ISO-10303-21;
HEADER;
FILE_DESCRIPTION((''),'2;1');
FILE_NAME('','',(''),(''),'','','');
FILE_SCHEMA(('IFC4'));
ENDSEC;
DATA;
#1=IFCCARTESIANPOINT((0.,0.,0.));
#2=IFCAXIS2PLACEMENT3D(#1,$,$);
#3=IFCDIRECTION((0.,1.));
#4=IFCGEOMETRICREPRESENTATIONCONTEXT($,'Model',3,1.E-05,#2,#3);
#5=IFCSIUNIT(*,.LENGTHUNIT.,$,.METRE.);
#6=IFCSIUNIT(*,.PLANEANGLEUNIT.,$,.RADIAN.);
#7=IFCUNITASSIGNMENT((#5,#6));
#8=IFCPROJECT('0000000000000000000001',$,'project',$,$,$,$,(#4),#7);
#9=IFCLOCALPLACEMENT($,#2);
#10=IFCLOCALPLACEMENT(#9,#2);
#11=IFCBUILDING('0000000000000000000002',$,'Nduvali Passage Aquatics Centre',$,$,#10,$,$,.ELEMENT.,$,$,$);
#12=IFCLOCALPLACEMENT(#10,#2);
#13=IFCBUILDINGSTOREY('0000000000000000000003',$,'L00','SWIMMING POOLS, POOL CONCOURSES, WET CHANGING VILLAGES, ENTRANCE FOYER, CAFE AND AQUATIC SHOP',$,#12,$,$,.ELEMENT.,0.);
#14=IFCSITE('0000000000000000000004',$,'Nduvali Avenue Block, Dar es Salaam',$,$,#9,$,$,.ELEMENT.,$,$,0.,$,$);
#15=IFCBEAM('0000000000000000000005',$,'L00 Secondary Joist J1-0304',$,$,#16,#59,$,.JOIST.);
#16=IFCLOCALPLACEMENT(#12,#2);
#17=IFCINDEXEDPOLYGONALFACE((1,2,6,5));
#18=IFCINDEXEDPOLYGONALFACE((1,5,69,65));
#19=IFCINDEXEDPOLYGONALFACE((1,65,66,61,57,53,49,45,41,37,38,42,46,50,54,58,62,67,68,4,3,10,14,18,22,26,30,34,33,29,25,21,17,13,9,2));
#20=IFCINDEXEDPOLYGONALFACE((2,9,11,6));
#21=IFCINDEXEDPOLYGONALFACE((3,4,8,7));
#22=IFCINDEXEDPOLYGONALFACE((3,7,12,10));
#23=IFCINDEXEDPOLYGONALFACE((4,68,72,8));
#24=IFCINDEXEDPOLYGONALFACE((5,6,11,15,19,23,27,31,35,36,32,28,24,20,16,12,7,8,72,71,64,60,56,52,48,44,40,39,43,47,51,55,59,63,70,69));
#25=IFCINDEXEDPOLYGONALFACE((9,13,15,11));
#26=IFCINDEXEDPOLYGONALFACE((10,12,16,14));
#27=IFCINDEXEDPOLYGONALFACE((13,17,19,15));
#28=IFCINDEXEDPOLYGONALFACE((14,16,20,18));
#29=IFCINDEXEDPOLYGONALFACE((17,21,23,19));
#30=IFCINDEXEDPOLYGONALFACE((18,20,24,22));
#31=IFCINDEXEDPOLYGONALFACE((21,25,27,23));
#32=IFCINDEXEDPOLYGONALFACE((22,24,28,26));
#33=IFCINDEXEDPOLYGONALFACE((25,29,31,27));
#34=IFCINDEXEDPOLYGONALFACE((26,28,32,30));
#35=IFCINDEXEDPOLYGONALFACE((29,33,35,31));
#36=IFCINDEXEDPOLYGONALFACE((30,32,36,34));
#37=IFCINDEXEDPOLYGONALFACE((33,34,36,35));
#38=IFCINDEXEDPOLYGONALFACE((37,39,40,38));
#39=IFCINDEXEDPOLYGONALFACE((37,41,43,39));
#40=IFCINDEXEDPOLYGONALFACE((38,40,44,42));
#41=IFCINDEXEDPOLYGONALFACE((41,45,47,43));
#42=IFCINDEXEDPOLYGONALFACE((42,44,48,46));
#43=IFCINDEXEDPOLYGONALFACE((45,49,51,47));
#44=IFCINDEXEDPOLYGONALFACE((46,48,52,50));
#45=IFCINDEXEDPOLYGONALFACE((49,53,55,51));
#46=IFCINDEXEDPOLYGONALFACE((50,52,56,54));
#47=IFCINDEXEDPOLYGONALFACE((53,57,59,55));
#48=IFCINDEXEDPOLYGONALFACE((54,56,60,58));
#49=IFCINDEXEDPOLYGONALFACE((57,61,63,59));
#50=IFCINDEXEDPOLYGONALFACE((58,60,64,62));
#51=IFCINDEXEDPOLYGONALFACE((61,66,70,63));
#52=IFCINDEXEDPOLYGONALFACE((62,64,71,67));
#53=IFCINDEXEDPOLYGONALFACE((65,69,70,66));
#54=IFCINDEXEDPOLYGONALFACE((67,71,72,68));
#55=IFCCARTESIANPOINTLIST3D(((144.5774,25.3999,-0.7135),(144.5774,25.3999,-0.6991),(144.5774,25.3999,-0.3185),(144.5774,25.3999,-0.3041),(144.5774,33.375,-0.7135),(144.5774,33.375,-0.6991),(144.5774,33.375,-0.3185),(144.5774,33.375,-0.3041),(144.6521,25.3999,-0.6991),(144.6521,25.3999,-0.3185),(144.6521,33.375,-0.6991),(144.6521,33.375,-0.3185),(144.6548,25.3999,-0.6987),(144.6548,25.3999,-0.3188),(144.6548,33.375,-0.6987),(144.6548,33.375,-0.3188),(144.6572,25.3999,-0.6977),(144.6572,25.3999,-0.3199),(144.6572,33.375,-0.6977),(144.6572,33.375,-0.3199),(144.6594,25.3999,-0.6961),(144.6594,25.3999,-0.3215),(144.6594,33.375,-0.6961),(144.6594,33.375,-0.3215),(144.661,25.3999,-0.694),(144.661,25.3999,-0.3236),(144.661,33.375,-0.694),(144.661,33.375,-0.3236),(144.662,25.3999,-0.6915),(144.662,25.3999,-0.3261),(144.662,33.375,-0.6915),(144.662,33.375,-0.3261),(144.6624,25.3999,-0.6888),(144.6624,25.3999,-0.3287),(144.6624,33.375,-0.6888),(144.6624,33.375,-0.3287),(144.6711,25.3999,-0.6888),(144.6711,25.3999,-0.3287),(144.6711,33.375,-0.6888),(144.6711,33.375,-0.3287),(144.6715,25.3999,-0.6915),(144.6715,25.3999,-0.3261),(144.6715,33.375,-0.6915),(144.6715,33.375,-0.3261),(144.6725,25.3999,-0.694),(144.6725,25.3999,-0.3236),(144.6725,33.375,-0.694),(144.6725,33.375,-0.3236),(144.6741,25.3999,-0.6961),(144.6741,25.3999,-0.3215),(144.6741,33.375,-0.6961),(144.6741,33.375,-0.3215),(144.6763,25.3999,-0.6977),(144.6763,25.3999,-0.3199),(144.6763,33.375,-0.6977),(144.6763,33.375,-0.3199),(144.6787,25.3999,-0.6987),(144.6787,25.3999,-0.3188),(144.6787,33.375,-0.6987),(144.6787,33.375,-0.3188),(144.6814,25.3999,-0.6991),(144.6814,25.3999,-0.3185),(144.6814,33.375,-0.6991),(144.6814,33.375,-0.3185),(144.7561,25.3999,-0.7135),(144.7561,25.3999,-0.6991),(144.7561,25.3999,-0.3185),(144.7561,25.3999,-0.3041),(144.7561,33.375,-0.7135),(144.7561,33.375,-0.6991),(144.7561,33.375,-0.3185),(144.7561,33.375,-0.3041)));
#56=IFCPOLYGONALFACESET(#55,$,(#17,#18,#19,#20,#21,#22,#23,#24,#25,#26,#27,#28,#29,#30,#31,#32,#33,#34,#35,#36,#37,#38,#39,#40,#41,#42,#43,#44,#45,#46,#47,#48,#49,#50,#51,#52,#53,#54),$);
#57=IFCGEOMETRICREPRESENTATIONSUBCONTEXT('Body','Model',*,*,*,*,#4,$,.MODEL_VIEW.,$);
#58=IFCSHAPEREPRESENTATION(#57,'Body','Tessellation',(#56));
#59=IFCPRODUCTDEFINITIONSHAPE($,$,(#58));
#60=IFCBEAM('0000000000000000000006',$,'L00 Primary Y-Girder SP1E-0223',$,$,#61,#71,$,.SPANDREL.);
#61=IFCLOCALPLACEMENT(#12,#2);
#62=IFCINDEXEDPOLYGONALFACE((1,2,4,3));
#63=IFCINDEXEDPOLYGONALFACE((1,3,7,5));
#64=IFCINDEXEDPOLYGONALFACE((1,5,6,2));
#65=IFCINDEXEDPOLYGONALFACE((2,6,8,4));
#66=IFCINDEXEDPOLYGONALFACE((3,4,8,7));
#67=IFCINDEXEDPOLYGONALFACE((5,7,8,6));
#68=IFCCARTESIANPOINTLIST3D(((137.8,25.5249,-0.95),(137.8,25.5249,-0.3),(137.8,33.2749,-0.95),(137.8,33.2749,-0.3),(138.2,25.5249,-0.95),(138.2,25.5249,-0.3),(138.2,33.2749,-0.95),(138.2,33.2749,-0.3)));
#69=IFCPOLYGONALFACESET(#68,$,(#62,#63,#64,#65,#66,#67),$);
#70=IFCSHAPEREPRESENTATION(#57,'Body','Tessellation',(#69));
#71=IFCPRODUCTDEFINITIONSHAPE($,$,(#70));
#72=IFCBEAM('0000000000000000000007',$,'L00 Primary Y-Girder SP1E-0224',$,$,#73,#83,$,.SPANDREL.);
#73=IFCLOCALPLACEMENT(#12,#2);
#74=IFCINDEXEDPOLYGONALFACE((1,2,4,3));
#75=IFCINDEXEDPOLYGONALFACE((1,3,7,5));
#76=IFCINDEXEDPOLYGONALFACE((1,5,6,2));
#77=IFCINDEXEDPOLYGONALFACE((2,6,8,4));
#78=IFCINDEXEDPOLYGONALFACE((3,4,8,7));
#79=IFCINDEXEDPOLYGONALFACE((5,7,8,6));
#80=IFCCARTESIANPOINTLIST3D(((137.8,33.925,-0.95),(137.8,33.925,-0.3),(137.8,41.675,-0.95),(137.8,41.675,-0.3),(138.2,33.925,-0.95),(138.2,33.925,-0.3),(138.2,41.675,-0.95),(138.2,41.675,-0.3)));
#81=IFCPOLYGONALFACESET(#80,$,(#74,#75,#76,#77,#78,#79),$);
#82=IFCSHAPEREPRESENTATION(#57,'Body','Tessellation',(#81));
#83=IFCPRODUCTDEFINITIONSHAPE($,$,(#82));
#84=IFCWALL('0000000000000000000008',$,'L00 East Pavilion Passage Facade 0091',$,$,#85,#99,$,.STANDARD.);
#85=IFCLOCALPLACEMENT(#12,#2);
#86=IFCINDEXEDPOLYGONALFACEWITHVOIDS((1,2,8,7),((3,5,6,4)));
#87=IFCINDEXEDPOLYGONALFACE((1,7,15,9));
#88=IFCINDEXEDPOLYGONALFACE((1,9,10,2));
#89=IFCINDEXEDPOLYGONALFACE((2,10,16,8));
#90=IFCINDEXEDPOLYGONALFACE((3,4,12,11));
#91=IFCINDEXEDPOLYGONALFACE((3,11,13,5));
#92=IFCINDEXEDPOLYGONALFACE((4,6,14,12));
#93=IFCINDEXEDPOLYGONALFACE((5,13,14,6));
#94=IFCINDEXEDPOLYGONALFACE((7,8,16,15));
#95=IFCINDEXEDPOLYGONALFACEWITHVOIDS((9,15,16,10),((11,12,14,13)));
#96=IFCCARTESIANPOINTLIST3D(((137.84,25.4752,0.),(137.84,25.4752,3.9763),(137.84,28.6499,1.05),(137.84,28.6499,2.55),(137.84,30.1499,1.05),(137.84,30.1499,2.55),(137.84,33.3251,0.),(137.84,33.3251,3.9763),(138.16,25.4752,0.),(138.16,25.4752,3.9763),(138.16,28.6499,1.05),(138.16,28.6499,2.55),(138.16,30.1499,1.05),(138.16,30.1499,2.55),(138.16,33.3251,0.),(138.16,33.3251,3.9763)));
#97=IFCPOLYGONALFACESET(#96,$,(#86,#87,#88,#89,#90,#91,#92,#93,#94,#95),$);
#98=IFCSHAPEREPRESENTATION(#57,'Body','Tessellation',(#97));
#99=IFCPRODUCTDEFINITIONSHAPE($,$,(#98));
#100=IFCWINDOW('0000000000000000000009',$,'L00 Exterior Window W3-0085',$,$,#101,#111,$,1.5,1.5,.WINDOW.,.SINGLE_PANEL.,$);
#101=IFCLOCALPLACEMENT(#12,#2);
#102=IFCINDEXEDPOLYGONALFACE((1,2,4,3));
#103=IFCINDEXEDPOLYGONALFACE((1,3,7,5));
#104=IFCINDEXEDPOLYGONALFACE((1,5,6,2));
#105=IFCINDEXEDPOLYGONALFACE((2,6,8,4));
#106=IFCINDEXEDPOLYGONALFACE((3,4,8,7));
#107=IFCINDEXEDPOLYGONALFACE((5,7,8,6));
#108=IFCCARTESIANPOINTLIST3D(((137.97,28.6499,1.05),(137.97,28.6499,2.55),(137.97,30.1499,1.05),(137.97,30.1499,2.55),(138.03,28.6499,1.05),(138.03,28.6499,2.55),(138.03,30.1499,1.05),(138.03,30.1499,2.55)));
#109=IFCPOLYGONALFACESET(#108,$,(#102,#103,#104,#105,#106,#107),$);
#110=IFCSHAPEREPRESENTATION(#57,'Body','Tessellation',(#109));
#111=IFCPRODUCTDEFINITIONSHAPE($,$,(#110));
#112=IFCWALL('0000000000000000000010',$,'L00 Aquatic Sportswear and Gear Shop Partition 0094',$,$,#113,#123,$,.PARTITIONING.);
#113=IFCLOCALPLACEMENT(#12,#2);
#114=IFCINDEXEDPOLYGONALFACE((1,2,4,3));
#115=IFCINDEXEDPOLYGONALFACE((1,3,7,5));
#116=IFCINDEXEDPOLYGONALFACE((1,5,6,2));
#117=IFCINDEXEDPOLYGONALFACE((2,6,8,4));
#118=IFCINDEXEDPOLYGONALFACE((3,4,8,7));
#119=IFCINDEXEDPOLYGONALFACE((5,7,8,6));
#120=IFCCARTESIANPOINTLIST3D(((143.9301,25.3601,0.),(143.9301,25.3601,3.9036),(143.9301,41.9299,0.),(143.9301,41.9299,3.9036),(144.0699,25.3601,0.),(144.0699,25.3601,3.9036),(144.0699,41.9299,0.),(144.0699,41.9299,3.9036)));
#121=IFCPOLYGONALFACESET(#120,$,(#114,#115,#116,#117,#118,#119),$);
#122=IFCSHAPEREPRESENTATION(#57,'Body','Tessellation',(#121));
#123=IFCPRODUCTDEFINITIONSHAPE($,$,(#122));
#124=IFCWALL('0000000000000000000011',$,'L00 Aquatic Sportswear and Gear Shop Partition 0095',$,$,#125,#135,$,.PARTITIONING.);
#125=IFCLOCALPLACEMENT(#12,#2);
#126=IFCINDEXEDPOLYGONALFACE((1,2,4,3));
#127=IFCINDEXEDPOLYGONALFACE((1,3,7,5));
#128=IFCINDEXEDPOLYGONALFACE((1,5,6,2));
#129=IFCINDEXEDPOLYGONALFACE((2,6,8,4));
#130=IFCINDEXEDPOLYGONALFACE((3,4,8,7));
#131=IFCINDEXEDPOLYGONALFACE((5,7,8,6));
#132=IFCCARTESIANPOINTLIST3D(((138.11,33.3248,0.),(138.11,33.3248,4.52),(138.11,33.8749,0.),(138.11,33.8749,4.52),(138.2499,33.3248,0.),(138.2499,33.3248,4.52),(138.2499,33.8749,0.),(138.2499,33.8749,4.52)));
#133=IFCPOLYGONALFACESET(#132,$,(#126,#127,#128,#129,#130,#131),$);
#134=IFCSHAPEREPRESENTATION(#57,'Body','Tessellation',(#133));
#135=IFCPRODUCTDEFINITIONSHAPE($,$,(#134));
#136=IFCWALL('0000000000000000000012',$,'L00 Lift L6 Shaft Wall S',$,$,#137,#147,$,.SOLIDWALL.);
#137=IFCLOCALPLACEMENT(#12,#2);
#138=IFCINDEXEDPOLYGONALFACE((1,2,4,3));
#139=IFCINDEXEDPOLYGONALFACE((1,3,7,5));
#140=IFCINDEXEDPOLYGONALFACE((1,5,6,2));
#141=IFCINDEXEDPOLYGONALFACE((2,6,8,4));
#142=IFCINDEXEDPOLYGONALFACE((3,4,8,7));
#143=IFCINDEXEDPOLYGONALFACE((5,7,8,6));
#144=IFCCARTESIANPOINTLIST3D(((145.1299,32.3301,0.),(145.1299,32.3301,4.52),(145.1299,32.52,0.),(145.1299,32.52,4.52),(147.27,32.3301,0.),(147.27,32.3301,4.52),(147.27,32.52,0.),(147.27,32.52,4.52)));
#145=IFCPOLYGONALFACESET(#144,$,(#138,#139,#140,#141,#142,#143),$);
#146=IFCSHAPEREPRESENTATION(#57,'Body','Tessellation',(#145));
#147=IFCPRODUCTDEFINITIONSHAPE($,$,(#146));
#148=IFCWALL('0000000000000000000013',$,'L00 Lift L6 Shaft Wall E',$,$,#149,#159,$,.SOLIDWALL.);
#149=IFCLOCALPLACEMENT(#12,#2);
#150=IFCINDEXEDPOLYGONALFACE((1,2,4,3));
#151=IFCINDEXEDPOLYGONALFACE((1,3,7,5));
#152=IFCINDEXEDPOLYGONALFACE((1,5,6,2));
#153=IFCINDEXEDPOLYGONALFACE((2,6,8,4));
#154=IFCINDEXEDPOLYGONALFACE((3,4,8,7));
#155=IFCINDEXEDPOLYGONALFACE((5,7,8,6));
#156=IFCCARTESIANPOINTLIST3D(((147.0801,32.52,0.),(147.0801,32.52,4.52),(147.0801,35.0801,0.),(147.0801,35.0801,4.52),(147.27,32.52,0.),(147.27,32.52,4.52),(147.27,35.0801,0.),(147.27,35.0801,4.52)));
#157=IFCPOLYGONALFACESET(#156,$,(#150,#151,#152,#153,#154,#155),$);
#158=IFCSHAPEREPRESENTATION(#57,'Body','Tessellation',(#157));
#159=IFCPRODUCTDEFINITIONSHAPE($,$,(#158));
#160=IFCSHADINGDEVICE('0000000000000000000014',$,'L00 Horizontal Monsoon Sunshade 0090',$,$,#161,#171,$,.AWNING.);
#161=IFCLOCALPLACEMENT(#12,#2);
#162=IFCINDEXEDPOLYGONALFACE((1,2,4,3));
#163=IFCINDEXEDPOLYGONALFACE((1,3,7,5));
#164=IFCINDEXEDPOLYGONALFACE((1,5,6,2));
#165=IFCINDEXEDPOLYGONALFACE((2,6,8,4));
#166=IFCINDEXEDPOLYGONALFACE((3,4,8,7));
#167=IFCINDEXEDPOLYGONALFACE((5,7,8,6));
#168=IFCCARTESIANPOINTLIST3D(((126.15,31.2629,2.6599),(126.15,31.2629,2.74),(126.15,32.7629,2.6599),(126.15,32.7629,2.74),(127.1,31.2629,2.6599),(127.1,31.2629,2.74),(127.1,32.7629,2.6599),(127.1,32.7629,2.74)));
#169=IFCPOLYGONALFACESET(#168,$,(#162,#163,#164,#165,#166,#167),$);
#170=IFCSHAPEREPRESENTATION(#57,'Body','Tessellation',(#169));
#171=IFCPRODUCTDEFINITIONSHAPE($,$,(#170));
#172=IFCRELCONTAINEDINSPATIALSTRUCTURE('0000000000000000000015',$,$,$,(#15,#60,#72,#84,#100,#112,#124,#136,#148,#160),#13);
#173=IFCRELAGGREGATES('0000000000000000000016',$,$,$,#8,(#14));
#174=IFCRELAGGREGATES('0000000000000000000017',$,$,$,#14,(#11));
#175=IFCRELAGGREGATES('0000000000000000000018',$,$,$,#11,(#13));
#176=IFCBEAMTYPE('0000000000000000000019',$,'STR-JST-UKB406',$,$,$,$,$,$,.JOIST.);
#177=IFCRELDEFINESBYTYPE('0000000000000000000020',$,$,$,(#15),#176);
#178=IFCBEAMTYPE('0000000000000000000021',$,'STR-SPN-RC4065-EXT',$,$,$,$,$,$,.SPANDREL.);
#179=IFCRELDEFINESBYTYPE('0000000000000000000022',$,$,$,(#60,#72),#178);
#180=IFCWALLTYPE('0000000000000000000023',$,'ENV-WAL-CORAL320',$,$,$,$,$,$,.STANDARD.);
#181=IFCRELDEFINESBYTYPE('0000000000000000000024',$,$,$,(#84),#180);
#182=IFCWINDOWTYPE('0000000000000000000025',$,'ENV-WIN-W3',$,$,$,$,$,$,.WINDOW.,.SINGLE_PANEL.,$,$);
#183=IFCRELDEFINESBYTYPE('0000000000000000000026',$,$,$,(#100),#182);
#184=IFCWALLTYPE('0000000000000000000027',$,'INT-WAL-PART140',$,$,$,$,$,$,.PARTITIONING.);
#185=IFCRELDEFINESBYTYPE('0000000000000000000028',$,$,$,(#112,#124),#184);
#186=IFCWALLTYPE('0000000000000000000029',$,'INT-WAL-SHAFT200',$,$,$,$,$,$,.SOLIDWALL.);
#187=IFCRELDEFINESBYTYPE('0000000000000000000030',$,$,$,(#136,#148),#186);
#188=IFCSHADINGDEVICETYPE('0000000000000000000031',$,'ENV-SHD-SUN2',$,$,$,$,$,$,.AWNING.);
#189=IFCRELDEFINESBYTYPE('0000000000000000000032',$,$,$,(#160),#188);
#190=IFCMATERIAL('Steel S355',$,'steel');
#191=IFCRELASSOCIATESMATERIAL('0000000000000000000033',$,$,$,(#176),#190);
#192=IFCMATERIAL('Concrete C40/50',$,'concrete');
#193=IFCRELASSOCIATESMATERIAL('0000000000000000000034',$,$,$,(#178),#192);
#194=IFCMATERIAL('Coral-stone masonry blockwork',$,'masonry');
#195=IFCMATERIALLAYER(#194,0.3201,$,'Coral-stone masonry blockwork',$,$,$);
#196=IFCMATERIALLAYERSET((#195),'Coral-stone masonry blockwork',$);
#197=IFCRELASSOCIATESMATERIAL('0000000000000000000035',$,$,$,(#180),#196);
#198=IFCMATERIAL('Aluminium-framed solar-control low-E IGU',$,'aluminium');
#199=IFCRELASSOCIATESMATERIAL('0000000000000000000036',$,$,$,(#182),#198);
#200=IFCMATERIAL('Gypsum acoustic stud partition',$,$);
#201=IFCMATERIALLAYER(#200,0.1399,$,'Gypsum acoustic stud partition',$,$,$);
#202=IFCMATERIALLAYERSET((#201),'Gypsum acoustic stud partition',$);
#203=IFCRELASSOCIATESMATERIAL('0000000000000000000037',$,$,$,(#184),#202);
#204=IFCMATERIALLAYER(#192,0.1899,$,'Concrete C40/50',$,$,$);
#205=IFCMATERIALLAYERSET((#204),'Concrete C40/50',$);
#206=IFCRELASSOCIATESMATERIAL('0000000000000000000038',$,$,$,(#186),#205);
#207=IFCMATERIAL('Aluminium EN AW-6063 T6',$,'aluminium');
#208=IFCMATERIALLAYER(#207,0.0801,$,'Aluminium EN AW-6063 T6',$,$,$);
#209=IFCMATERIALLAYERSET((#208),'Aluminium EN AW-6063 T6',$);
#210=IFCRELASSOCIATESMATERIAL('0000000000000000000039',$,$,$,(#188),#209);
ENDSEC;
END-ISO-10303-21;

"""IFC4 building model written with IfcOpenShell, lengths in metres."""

from ifc_helpers import new_model, si_unit, direction, frame, frame_2d, origin, origin_2d, place, context, subcontext, project, spatial, rectangle, i_section, extrude, material, layer, layer_set, material_profile, profile_set, type_object, element, fill, save


model = new_model("IFC4")

# Units and contexts
model_context = context("Model", 3, precision=1e-05, world=origin(), true_north=direction((0.0, 1.0)))
body_context = subcontext(model_context, "Body", "Model", "MODEL_VIEW")
ifc_project = project(units=[si_unit("LENGTHUNIT", "METRE"), si_unit("PLANEANGLEUNIT", "RADIAN")], contexts=[model_context])

# Site, building, storey
site_placement = place(None, origin())
site = spatial("IfcSite", under=ifc_project, at=site_placement, Name="Nduvali Avenue Block, Dar es Salaam", CompositionType="ELEMENT", RefElevation=0.0)
building_placement = place(site_placement, origin())
building = spatial("IfcBuilding", under=site, at=building_placement, Name="Nduvali Passage Aquatics Centre", CompositionType="ELEMENT")
storey_placement = place(building_placement, origin())
storey = spatial("IfcBuildingStorey", under=building, at=storey_placement, Name="L00", Description="SWIMMING POOLS, POOL CONCOURSES, WET CHANGING VILLAGES, ENTRANCE FOYER, CAFE AND AQUATIC SHOP", CompositionType="ELEMENT", Elevation=0.0)

# Shared definitions
ifc_material_1 = material(Name="Concrete C40/50", Category="concrete")
ifc_material_2 = material(Name="Steel S355", Category="steel")

# Shared definitions
ifc_material_3 = material(Name="Aluminium EN AW-6063 T6", Category="aluminium")

# Beams
ifc_material_profile_1 = material_profile(ifc_material_2, i_section(OverallWidth=0.1787, OverallDepth=0.4094, WebThickness=0.0088, FlangeThickness=0.0144, FilletRadius=0.0103, at=origin_2d()), Name="UKB 406x178x67")
ifc_profile_set_1 = profile_set([ifc_material_profile_1], Name="Steel S355")
beam_type_1 = type_object("IfcBeamType", Name="STR-JST-UKB406", PredefinedType="JOIST", material=ifc_profile_set_1)
for number, where, z_axis, x_axis, name in (
    (1, (144.6667, 25.3999, -0.5088), (0.0, 1.0, 0.0), (-1.0, 0.0, 0.0), "L00 Secondary Joist J1-0304"),
):
    element("IfcBeam", number, at=place(storey_placement, frame(where, z_axis=z_axis, x_axis=x_axis)), inside=storey, type_object=beam_type_1, Name=name, PredefinedType="JOIST", context=body_context, shape_type="SweptSolid", body=[
        extrude(i_section(OverallWidth=0.1787, OverallDepth=0.4094, WebThickness=0.0088, FlangeThickness=0.0144, FilletRadius=0.0103, at=origin_2d()), origin(), (0.0, 0.0, 1.0), 7.9751),
    ])
ifc_material_profile_2 = material_profile(ifc_material_1, rectangle(XDim=0.3999, YDim=0.6499, at=origin_2d()), Name="RC 400x650")
ifc_profile_set_2 = profile_set([ifc_material_profile_2], Name="Concrete C40/50")
beam_type_2 = type_object("IfcBeamType", Name="STR-SPN-RC4065-EXT", PredefinedType="SPANDREL", material=ifc_profile_set_2)
for number, where, z_axis, x_axis, name in (
    (2, (138.0, 25.5249, -0.625), (0.0, 1.0, 0.0), (-1.0, 0.0, 0.0), "L00 Primary Y-Girder SP1E-0223"),
    (3, (138.0, 33.925, -0.625), (0.0, 1.0, 0.0), (-1.0, 0.0, 0.0), "L00 Primary Y-Girder SP1E-0224"),
):
    element("IfcBeam", number, at=place(storey_placement, frame(where, z_axis=z_axis, x_axis=x_axis)), inside=storey, type_object=beam_type_2, Name=name, PredefinedType="SPANDREL", context=body_context, shape_type="SweptSolid", body=[
        extrude(rectangle(XDim=0.3999, YDim=0.6499, at=origin_2d()), origin(), (0.0, 0.0, 1.0), 7.75),
    ])

# Wall, opening, window
ifc_material_4 = material(Name="Coral-stone masonry blockwork", Category="masonry")
ifc_layer_1 = layer(ifc_material_4, 0.3201, Name="Coral-stone masonry blockwork")
ifc_layer_set_1 = layer_set([ifc_layer_1], Name="Coral-stone masonry blockwork")
wall_type_1 = type_object("IfcWallType", Name="ENV-WAL-CORAL320", PredefinedType="STANDARD", material=ifc_layer_set_1)
wall_1_placement = place(storey_placement, frame((138.0, 33.325, 0.0), z_axis=(0.0, 0.0, 1.0), x_axis=(0.0, -1.0, 0.0)))
wall_1 = element("IfcWall", 4, at=wall_1_placement, inside=storey, type_object=wall_type_1, Name="L00 East Pavilion Passage Facade 0091", PredefinedType="STANDARD", context=body_context, shape_type="SweptSolid", body=[
    extrude(rectangle(XDim=7.8499, YDim=0.3201, at=frame_2d((3.9248, 0.0))), origin(), (0.0, 0.0, 1.0), 3.9763),
])
opening_placement = place(wall_1_placement, frame((3.175, 0.0, 1.05)))
opening = element("IfcOpeningElement", 5, at=opening_placement, cuts=wall_1, PredefinedType="OPENING", context=body_context, shape_type="SweptSolid", body=[
    extrude(rectangle(XDim=1.5, YDim=1.5, at=frame_2d((0.75, 0.75))), frame((0.0, 0.1748, 0.0), z_axis=(0.0, -1.0, 0.0), x_axis=(1.0, 0.0, 0.0)), (0.0, 0.0, 1.0), 0.3499),
])
ifc_material_5 = material(Name="Aluminium-framed solar-control low-E IGU", Category="aluminium")
window_type = type_object("IfcWindowType", Name="ENV-WIN-W3", PartitioningType="SINGLE_PANEL", PredefinedType="WINDOW", material=ifc_material_5)
window_placement = place(opening_placement, origin())
window = element("IfcWindow", 6, at=window_placement, inside=storey, type_object=window_type, Name="L00 Exterior Window W3-0085", OverallHeight=1.5, OverallWidth=1.5, PartitioningType="SINGLE_PANEL", PredefinedType="WINDOW", context=body_context, shape_type="SweptSolid", body=[
    extrude(rectangle(XDim=1.5, YDim=1.5, at=frame_2d((0.75, 0.75))), frame((0.0, 0.03, 0.0), z_axis=(0.0, -1.0, 0.0), x_axis=(1.0, 0.0, 0.0)), (0.0, 0.0, 1.0), 0.0601),
])
fill(opening, window)

# Walls
ifc_material_6 = material(Name="Gypsum acoustic stud partition")
ifc_layer_2 = layer(ifc_material_6, 0.1399, Name="Gypsum acoustic stud partition")
ifc_layer_set_2 = layer_set([ifc_layer_2], Name="Gypsum acoustic stud partition")
wall_type_2 = type_object("IfcWallType", Name="INT-WAL-PART140", PredefinedType="PARTITIONING", material=ifc_layer_set_2)
wall_2_placement = place(storey_placement, frame((144.0, 25.3601, 0.0), z_axis=(0.0, 0.0, 1.0), x_axis=(0.0, 1.0, 0.0)))
element("IfcWall", 7, at=wall_2_placement, inside=storey, type_object=wall_type_2, Name="L00 Aquatic Sportswear and Gear Shop Partition 0094", PredefinedType="PARTITIONING", context=body_context, shape_type="SweptSolid", body=[
    extrude(rectangle(XDim=16.5698, YDim=0.1399, at=frame_2d((8.2849, 0.0))), origin(), (0.0, 0.0, 1.0), 3.9036),
])
wall_3_placement = place(storey_placement, frame((138.1799, 33.325, 0.0), z_axis=(0.0, 0.0, 1.0), x_axis=(0.0, 1.0, 0.0)))
element("IfcWall", 8, at=wall_3_placement, inside=storey, type_object=wall_type_2, Name="L00 Aquatic Sportswear and Gear Shop Partition 0095", PredefinedType="PARTITIONING", context=body_context, shape_type="SweptSolid", body=[
    extrude(rectangle(XDim=0.55, YDim=0.1399, at=frame_2d((0.2749, 0.0))), origin(), (0.0, 0.0, 1.0), 4.52),
])
ifc_layer_3 = layer(ifc_material_1, 0.1899, Name="Concrete C40/50")
ifc_layer_set_3 = layer_set([ifc_layer_3], Name="Concrete C40/50")
wall_type_3 = type_object("IfcWallType", Name="INT-WAL-SHAFT200", PredefinedType="SOLIDWALL", material=ifc_layer_set_3)
wall_4_placement = place(storey_placement, frame((145.1299, 32.425, 0.0), z_axis=(0.0, 0.0, 1.0), x_axis=(1.0, 0.0, 0.0)))
element("IfcWall", 9, at=wall_4_placement, inside=storey, type_object=wall_type_3, Name="L00 Lift L6 Shaft Wall S", PredefinedType="SOLIDWALL", context=body_context, shape_type="SweptSolid", body=[
    extrude(rectangle(XDim=2.1401, YDim=0.1899, at=frame_2d((1.0701, 0.0))), origin(), (0.0, 0.0, 1.0), 4.52),
])
wall_5_placement = place(storey_placement, frame((147.175, 32.52, 0.0), z_axis=(0.0, 0.0, 1.0), x_axis=(0.0, 1.0, 0.0)))
element("IfcWall", 10, at=wall_5_placement, inside=storey, type_object=wall_type_3, Name="L00 Lift L6 Shaft Wall E", PredefinedType="SOLIDWALL", context=body_context, shape_type="SweptSolid", body=[
    extrude(rectangle(XDim=2.5601, YDim=0.1899, at=frame_2d((1.28, 0.0))), origin(), (0.0, 0.0, 1.0), 4.52),
])

# Shading device
ifc_layer_4 = layer(ifc_material_3, 0.0801, Name="Aluminium EN AW-6063 T6")
ifc_layer_set_4 = layer_set([ifc_layer_4], Name="Aluminium EN AW-6063 T6")
shading_device_type = type_object("IfcShadingDeviceType", Name="ENV-SHD-SUN2", PredefinedType="AWNING", material=ifc_layer_set_4)
shading_device_1_placement = place(storey_placement, frame((126.625, 32.0129, 2.6599), z_axis=(0.0, 0.0, 1.0), x_axis=(0.0, 1.0, 0.0)))
element("IfcShadingDevice", 11, at=shading_device_1_placement, inside=storey, type_object=shading_device_type, Name="L00 Horizontal Monsoon Sunshade 0090", PredefinedType="AWNING", context=body_context, shape_type="SweptSolid", body=[
    extrude(rectangle(XDim=1.5, YDim=0.95, at=origin_2d()), origin(), (0.0, 0.0, 1.0), 0.0801),
])

save(model, "model.ifc")
